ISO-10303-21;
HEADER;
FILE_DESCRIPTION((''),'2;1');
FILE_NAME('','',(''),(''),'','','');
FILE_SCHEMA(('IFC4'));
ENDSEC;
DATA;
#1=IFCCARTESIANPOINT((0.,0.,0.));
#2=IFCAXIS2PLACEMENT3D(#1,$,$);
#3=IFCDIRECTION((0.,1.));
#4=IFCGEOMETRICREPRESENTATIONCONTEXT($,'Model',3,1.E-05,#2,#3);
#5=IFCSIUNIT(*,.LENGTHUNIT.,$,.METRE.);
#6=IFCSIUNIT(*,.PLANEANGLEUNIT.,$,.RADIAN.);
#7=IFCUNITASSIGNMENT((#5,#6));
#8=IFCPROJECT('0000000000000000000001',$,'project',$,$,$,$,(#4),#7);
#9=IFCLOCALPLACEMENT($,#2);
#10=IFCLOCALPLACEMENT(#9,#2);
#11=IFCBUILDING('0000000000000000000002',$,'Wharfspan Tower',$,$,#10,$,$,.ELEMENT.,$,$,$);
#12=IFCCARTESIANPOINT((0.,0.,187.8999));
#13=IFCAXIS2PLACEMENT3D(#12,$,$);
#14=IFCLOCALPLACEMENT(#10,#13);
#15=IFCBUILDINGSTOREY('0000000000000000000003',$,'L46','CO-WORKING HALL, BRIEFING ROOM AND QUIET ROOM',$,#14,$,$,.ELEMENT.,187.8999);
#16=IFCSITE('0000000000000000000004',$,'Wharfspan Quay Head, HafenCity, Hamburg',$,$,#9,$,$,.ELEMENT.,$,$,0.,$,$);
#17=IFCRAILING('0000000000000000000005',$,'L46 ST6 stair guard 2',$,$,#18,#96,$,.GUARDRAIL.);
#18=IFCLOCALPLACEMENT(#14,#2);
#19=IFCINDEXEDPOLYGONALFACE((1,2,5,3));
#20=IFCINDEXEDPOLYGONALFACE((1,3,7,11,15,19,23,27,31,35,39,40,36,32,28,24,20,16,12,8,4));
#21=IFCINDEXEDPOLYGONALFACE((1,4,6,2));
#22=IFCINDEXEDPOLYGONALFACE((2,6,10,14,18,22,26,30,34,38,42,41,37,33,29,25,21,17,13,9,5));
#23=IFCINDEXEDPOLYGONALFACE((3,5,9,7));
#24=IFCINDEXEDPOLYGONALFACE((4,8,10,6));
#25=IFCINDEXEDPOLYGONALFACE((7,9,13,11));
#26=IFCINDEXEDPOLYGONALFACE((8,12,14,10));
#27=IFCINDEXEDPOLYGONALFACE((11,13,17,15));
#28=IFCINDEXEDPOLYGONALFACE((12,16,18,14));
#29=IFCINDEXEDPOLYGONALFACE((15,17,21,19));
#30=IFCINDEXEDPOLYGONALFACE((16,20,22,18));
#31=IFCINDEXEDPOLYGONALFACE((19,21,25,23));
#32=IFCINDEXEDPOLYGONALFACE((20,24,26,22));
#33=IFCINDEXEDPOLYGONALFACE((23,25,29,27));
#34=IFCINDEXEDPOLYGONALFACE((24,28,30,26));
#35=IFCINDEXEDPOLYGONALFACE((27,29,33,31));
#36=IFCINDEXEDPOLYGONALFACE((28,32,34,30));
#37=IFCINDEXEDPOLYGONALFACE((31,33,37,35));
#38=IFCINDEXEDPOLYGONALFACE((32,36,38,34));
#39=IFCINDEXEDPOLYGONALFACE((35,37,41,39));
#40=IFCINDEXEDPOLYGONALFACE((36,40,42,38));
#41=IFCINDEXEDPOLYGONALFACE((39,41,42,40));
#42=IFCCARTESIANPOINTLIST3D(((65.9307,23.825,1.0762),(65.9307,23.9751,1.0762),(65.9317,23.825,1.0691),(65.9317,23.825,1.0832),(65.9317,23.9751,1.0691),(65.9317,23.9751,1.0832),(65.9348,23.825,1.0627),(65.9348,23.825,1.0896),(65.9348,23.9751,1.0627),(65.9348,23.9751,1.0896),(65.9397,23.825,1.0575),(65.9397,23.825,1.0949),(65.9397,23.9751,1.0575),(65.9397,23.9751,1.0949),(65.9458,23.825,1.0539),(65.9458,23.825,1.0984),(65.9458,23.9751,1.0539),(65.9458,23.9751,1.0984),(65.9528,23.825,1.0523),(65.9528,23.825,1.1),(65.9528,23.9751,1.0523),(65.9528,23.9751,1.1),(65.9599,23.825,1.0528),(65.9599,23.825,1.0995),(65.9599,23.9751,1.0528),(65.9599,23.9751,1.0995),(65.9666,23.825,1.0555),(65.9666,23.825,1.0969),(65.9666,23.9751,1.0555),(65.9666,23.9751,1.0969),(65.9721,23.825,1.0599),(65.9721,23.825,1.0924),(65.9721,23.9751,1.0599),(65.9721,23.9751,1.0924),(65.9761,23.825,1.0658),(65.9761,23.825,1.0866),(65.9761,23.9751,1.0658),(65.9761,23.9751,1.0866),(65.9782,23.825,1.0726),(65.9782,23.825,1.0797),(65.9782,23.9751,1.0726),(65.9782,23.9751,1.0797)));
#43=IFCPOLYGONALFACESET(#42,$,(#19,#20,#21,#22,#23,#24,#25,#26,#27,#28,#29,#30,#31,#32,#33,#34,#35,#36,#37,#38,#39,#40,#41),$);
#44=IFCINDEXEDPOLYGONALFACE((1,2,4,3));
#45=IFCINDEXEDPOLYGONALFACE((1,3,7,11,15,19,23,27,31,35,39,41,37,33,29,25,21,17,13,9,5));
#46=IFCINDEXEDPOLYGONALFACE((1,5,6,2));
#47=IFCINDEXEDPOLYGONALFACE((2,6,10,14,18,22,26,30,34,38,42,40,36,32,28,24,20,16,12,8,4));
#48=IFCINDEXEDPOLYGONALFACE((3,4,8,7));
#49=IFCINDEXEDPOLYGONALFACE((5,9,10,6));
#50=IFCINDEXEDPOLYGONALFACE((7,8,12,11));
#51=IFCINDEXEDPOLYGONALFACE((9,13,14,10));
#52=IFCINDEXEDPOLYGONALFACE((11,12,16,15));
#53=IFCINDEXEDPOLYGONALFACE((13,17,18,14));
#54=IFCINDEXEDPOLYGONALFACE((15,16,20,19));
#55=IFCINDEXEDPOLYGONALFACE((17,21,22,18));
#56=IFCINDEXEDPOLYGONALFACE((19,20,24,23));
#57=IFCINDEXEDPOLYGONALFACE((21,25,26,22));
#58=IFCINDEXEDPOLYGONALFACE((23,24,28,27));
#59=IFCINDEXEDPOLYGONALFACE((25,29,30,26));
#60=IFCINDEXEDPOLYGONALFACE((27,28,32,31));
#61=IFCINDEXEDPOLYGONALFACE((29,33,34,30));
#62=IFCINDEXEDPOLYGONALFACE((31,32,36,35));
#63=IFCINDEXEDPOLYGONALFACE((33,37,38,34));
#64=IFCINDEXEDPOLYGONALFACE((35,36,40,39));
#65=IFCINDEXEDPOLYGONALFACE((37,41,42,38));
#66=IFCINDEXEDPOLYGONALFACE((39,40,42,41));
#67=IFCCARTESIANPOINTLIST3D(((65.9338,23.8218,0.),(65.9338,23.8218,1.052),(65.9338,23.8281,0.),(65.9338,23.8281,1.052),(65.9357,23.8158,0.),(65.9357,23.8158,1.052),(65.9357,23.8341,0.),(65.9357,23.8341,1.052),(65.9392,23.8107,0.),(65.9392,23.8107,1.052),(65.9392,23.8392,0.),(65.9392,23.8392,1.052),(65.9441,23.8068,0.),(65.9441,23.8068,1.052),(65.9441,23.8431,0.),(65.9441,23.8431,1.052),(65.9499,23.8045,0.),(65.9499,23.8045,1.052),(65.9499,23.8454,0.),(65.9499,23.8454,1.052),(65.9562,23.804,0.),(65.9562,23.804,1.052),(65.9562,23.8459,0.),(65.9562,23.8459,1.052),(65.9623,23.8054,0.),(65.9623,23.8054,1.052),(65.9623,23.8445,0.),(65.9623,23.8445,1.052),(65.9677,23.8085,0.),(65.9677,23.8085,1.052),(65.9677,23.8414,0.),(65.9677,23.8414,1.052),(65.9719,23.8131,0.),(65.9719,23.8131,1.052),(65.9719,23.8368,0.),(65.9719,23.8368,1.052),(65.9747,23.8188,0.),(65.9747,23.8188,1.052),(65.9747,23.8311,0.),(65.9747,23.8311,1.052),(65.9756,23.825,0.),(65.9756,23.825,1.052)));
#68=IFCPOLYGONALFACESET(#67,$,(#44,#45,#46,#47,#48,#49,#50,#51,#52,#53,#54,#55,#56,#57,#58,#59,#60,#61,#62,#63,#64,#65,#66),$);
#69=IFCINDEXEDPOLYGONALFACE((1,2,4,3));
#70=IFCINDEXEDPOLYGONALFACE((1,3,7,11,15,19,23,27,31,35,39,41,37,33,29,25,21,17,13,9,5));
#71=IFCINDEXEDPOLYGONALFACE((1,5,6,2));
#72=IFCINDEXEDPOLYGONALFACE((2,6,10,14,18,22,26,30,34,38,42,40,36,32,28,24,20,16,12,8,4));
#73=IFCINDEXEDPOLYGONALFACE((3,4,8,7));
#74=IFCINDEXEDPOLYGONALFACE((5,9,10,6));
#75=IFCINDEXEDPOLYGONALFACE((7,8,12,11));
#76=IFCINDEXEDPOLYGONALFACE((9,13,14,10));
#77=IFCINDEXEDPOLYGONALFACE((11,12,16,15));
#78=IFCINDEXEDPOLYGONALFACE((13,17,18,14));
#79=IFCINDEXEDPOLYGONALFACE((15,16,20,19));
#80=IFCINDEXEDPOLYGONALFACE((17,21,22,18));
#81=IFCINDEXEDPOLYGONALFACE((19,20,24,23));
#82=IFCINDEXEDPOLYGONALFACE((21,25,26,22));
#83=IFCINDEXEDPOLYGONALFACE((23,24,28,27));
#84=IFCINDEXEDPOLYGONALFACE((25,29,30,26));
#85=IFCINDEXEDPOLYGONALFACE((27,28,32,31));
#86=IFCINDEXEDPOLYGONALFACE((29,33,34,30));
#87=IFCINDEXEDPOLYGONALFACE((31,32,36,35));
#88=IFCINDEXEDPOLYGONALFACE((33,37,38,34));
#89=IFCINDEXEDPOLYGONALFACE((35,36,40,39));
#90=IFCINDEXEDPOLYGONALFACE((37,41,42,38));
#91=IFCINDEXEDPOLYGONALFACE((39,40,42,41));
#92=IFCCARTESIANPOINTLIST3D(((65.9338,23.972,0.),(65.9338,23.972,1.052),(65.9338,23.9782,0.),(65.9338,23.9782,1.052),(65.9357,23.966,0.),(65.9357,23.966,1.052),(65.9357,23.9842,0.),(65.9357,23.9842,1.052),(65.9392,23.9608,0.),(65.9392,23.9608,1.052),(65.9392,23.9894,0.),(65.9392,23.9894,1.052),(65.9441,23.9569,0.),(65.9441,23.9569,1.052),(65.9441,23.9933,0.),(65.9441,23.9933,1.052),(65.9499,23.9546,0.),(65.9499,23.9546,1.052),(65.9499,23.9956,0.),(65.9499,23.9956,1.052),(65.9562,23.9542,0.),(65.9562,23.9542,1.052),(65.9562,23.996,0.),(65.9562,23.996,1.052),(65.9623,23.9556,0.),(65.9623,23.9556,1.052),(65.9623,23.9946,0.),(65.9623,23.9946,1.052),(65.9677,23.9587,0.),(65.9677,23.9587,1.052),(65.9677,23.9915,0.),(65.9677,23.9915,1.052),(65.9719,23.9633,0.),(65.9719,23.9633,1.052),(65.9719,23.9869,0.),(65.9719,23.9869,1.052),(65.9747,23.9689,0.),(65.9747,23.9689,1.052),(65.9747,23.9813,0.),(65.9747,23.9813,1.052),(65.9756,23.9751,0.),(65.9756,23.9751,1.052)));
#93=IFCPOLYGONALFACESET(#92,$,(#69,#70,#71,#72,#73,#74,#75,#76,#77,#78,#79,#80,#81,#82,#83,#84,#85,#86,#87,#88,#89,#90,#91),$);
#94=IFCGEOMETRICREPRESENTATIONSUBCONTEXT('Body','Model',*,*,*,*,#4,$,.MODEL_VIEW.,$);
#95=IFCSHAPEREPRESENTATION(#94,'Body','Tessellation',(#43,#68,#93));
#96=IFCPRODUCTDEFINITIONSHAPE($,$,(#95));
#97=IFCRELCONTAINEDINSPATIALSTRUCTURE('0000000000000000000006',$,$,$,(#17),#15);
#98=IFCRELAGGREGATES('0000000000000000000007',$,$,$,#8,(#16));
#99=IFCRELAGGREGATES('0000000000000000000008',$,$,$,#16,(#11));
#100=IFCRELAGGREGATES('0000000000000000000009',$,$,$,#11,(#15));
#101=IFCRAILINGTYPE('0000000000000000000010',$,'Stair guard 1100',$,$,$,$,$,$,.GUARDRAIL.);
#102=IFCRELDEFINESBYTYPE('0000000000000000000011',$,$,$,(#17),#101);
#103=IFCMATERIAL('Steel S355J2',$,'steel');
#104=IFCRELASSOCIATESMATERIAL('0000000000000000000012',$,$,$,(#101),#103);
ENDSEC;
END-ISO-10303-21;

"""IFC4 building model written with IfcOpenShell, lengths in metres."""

from ifc_helpers import new_model, si_unit, direction, frame, origin, origin_2d, place, context, subcontext, project, spatial, circle, extrude, material, type_object, element, save


model = new_model("IFC4")

# Units and contexts
model_context = context("Model", 3, precision=1e-05, world=origin(), true_north=direction((0.0, 1.0)))
body_context = subcontext(model_context, "Body", "Model", "MODEL_VIEW")
ifc_project = project(units=[si_unit("LENGTHUNIT", "METRE"), si_unit("PLANEANGLEUNIT", "RADIAN")], contexts=[model_context])

# Site, building, storey
site_placement = place(None, origin())
site = spatial("IfcSite", under=ifc_project, at=site_placement, Name="Wharfspan Quay Head, HafenCity, Hamburg", CompositionType="ELEMENT", RefElevation=0.0)
building_placement = place(site_placement, origin())
building = spatial("IfcBuilding", under=site, at=building_placement, Name="Wharfspan Tower", CompositionType="ELEMENT")
storey_placement = place(building_placement, frame((0.0, 0.0, 187.8999)))
storey = spatial("IfcBuildingStorey", under=building, at=storey_placement, Name="L46", Description="CO-WORKING HALL, BRIEFING ROOM AND QUIET ROOM", CompositionType="ELEMENT", Elevation=187.8999)

# Shared definitions
ifc_material_1 = material(Name="Steel S355J2", Category="steel")

# Railing
railing_type_1 = type_object("IfcRailingType", Name="Stair guard 1100", PredefinedType="GUARDRAIL", material=ifc_material_1)
railing_1_placement = place(storey_placement, frame((65.9546, 23.825, 0.0)))
element("IfcRailing", 1, at=railing_1_placement, inside=storey, type_object=railing_type_1, Name="L46 ST6 stair guard 2", PredefinedType="GUARDRAIL", context=body_context, shape_type="SweptSolid", body=[
    extrude(circle(Radius=0.0239, at=origin_2d()), frame((0.0, 0.0, 1.0762), z_axis=(0.0, 1.0, 0.0), x_axis=(-1.0, 0.0, 0.0)), (0.0, 0.0, 1.0), 0.1501),
    extrude(circle(Radius=0.021, at=origin_2d()), origin(), (0.0, 0.0, 1.0), 1.052),
    extrude(circle(Radius=0.021, at=origin_2d()), frame((0.0, 0.1501, 0.0)), (0.0, 0.0, 1.0), 1.052),
])

save(model, "model.ifc")
